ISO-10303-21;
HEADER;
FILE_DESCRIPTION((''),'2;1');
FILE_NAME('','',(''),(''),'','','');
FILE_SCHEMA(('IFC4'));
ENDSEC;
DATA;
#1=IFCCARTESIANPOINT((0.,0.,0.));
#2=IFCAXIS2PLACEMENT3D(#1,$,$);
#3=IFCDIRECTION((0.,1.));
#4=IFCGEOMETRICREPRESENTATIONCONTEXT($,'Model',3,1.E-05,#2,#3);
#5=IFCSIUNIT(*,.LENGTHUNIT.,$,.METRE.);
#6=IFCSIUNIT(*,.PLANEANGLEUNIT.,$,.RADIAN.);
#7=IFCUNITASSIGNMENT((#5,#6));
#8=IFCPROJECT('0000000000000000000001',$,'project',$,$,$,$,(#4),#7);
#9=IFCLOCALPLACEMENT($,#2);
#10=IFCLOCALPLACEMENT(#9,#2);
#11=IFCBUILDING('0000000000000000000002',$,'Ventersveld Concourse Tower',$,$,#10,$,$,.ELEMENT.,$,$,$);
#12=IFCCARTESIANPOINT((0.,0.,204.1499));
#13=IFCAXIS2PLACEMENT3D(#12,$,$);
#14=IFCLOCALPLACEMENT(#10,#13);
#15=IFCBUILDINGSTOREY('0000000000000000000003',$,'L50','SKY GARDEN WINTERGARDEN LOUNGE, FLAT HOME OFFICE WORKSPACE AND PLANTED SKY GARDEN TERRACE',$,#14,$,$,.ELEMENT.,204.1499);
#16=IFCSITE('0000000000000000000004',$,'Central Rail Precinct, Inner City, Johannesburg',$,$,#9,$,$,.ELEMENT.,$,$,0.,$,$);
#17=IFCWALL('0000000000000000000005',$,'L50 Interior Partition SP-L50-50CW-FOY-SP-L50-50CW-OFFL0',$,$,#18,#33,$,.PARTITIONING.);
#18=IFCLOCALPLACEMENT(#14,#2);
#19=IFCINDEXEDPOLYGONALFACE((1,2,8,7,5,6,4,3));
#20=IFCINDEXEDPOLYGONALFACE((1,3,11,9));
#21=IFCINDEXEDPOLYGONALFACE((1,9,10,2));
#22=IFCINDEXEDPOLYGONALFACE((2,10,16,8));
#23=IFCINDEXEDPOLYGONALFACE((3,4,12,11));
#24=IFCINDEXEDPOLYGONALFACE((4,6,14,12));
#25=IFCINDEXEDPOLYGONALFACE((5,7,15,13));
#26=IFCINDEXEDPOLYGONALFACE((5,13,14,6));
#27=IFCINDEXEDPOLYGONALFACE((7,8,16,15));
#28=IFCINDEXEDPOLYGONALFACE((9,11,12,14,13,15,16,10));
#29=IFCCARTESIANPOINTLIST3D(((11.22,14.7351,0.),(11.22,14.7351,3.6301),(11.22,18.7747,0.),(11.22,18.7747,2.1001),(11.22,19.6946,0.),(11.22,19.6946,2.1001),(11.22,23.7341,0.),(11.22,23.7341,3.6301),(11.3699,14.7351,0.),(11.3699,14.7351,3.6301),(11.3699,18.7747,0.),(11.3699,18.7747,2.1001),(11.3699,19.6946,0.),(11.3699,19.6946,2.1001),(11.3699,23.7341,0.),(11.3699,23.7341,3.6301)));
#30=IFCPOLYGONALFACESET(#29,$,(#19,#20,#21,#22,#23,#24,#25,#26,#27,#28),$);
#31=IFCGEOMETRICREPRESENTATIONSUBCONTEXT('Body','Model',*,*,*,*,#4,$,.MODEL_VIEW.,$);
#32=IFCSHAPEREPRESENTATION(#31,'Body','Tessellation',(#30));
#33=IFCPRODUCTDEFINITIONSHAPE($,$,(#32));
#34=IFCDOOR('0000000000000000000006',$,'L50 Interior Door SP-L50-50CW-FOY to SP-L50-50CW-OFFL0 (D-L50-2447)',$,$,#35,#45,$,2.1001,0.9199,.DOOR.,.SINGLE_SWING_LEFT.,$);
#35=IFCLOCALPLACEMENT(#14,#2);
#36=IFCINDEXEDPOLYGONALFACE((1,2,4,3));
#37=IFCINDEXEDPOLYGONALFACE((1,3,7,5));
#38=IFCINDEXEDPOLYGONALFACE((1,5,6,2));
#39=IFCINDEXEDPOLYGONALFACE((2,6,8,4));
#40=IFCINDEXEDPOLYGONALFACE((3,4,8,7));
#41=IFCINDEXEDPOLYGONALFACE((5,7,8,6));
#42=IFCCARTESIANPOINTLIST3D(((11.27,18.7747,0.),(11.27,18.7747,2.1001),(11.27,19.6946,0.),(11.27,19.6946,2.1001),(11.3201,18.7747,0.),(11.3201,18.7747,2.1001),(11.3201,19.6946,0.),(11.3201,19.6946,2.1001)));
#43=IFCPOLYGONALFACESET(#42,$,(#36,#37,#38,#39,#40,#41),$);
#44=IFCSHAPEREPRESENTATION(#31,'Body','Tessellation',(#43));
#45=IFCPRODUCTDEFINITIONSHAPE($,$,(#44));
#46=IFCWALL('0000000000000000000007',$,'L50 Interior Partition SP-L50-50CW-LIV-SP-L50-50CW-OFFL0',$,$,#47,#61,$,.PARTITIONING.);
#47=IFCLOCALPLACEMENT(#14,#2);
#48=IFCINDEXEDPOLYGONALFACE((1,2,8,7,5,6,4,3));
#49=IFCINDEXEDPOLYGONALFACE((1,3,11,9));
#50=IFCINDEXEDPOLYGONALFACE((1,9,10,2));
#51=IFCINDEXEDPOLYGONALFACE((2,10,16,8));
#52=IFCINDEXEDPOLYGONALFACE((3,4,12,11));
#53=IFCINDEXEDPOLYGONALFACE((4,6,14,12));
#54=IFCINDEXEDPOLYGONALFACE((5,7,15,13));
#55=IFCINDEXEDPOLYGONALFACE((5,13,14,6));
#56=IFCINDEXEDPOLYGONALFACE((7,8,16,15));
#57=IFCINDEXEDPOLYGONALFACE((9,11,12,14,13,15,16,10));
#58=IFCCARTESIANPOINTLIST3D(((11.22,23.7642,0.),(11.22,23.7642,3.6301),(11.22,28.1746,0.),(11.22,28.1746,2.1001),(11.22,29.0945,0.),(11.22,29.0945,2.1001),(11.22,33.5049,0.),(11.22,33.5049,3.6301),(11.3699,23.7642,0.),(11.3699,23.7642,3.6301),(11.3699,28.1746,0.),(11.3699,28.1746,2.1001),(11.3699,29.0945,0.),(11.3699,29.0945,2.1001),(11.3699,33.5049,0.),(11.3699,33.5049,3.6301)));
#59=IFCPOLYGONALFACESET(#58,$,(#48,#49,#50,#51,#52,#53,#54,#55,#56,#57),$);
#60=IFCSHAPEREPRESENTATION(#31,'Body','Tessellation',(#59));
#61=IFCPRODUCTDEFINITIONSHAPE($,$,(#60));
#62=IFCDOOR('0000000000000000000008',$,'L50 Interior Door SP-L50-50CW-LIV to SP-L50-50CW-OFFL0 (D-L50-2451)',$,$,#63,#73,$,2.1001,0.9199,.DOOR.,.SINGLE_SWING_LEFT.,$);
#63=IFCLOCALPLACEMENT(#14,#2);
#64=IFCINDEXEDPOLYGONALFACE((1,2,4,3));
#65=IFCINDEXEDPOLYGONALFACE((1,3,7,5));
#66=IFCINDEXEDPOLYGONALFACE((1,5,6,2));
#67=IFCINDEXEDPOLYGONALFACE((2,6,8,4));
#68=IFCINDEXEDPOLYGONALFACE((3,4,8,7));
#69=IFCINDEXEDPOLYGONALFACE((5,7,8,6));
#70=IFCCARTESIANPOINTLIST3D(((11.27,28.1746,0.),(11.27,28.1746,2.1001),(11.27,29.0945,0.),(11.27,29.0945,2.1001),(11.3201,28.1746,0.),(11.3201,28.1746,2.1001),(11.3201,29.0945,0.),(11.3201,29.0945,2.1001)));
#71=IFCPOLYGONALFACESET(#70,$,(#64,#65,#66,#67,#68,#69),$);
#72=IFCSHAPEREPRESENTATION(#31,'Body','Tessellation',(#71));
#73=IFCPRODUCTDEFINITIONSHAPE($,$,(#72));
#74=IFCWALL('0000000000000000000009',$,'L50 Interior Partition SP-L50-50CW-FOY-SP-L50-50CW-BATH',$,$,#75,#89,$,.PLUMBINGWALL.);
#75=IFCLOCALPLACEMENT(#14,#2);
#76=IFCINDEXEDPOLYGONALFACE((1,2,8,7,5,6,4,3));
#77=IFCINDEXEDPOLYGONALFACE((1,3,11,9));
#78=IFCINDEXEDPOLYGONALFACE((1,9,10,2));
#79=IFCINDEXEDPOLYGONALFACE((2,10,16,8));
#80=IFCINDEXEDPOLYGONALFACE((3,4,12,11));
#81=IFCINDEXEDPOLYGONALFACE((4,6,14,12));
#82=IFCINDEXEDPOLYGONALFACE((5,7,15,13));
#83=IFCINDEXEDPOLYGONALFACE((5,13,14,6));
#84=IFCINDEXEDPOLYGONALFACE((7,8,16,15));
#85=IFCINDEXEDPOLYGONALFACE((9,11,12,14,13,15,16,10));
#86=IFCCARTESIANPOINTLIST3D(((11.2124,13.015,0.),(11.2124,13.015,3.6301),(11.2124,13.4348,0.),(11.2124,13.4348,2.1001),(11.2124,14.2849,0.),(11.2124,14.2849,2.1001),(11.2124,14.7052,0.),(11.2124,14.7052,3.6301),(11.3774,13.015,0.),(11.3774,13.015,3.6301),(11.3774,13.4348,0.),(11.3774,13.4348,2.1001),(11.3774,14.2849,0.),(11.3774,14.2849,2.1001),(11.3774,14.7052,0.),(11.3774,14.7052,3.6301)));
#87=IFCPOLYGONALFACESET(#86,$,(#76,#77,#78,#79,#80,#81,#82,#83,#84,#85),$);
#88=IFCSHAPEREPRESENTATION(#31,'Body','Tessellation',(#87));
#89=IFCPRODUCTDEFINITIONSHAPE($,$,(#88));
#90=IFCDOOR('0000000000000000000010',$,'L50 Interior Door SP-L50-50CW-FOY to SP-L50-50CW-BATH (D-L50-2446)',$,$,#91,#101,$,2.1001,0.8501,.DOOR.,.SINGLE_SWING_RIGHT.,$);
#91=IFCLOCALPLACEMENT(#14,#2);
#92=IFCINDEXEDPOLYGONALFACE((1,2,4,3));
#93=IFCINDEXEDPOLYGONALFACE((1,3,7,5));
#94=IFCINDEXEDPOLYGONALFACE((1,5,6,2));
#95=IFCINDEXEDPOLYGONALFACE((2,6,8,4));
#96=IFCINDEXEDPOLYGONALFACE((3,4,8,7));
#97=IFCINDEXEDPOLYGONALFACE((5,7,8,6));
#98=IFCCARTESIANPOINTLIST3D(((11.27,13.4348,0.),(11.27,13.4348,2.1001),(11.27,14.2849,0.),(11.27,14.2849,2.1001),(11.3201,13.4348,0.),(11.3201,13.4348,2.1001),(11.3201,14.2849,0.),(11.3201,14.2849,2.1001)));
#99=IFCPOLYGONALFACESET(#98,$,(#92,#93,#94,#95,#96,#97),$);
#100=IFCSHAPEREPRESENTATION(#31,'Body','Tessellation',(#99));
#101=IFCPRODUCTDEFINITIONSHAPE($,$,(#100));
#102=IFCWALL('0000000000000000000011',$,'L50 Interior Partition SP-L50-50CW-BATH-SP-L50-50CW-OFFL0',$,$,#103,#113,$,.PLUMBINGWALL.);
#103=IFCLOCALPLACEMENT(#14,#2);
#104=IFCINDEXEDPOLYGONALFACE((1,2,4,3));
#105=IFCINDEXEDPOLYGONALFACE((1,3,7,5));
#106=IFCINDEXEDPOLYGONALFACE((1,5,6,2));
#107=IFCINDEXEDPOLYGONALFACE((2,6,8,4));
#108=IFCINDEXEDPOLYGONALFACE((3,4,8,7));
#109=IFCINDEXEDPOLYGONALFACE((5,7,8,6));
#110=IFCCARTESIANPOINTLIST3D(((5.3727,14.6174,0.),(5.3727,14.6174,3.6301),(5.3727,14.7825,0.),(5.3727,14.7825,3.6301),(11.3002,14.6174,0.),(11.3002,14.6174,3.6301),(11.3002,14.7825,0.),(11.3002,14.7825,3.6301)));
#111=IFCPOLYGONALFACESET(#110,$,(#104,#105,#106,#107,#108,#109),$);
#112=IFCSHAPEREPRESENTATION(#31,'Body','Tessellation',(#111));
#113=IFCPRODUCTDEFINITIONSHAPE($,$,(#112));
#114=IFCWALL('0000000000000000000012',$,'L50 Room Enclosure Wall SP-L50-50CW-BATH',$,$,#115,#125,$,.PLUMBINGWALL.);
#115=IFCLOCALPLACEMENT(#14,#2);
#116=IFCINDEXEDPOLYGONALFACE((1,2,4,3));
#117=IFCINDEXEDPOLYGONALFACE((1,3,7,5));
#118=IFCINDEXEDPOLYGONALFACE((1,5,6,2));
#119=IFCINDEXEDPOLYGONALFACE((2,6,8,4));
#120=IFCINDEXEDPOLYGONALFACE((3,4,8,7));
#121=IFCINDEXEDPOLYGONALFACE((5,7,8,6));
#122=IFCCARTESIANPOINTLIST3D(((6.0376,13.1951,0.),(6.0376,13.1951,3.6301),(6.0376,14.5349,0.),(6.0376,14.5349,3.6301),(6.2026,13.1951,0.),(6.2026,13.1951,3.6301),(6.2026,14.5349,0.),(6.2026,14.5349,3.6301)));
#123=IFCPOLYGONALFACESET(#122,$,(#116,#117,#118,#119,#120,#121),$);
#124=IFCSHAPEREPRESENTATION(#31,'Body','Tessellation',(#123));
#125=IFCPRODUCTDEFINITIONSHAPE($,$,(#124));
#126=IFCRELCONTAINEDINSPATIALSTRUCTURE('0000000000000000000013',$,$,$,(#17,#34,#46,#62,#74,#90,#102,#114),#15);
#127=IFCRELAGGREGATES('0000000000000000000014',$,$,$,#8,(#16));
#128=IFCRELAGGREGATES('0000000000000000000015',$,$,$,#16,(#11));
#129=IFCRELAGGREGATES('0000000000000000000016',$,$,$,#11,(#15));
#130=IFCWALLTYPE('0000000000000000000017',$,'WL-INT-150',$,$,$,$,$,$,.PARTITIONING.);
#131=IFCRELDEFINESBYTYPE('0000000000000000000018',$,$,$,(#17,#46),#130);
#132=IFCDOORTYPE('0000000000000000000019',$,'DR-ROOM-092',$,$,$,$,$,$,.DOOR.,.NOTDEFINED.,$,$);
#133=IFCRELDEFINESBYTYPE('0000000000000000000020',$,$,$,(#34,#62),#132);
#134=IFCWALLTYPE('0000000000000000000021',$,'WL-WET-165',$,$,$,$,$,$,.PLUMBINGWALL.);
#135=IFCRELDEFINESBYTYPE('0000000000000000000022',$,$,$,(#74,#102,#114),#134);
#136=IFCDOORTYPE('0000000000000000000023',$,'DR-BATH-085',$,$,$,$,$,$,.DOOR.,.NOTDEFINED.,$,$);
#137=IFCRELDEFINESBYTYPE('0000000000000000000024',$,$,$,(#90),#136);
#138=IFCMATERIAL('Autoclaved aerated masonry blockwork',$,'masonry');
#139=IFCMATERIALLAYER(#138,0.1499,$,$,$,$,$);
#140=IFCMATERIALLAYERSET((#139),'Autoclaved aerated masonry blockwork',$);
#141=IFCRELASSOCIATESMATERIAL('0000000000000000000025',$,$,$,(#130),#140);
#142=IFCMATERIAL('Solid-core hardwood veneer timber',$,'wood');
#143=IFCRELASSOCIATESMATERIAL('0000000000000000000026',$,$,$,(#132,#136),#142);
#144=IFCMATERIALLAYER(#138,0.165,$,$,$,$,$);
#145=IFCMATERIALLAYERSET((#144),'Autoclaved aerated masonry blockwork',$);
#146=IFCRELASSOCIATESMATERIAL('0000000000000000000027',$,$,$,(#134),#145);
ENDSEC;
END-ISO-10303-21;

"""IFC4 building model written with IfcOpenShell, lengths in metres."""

from ifc_helpers import new_model, si_unit, direction, frame, frame_2d, origin, place, context, subcontext, project, spatial, rectangle, extrude, material, layer, layer_set, type_object, element, fill, save


model = new_model("IFC4")

# Units and contexts
model_context = context("Model", 3, precision=1e-05, world=origin(), true_north=direction((0.0, 1.0)))
body_context = subcontext(model_context, "Body", "Model", "MODEL_VIEW")
ifc_project = project(units=[si_unit("LENGTHUNIT", "METRE"), si_unit("PLANEANGLEUNIT", "RADIAN")], contexts=[model_context])

# Site, building, storey
site_placement = place(None, origin())
site = spatial("IfcSite", under=ifc_project, at=site_placement, Name="Central Rail Precinct, Inner City, Johannesburg", CompositionType="ELEMENT", RefElevation=0.0)
building_placement = place(site_placement, origin())
building = spatial("IfcBuilding", under=site, at=building_placement, Name="Ventersveld Concourse Tower", CompositionType="ELEMENT")
storey_placement = place(building_placement, frame((0.0, 0.0, 204.1499)))
storey = spatial("IfcBuildingStorey", under=building, at=storey_placement, Name="L50", Description="SKY GARDEN WINTERGARDEN LOUNGE, FLAT HOME OFFICE WORKSPACE AND PLANTED SKY GARDEN TERRACE", CompositionType="ELEMENT", Elevation=204.1499)

# Shared definitions
ifc_material_1 = material(Name="Solid-core hardwood veneer timber", Category="wood")

# Walls, openings, doors
ifc_material_2 = material(Name="Autoclaved aerated masonry blockwork", Category="masonry")
ifc_layer_1 = layer(ifc_material_2, 0.1499)
ifc_layer_set_1 = layer_set([ifc_layer_1], Name="Autoclaved aerated masonry blockwork")
wall_type_1 = type_object("IfcWallType", Name="WL-INT-150", PredefinedType="PARTITIONING", material=ifc_layer_set_1)
door_type_1 = type_object("IfcDoorType", Name="DR-ROOM-092", OperationType="NOTDEFINED", PredefinedType="DOOR", material=ifc_material_1)
wall_1_placement = place(storey_placement, frame((11.2949, 14.7351, 0.0), z_axis=(0.0, 0.0, 1.0), x_axis=(0.0, 1.0, 0.0)))
wall_1 = element("IfcWall", 1, at=wall_1_placement, inside=storey, type_object=wall_type_1, Name="L50 Interior Partition SP-L50-50CW-FOY-SP-L50-50CW-OFFL0", PredefinedType="PARTITIONING", context=body_context, shape_type="SweptSolid", body=[
    extrude(rectangle(XDim=8.999, YDim=0.1499, at=frame_2d((4.4995, 0.0))), origin(), (0.0, 0.0, 1.0), 3.6301),
])
opening_1_placement = place(wall_1_placement, frame((4.0396, 0.0, 0.0)))
opening_1 = element("IfcOpeningElement", 2, at=opening_1_placement, cuts=wall_1, PredefinedType="OPENING", context=body_context, shape_type="SweptSolid", body=[
    extrude(rectangle(XDim=0.9199, YDim=2.1001, at=frame_2d((0.46, 1.05))), frame((0.0, 0.085, 0.0), z_axis=(0.0, -1.0, 0.0), x_axis=(1.0, 0.0, 0.0)), (0.0, 0.0, 1.0), 0.1699),
])
door_1_placement = place(opening_1_placement, origin())
door_1 = element("IfcDoor", 3, at=door_1_placement, inside=storey, type_object=door_type_1, Name="L50 Interior Door SP-L50-50CW-FOY to SP-L50-50CW-OFFL0 (D-L50-2447)", OperationType="SINGLE_SWING_LEFT", OverallHeight=2.1001, OverallWidth=0.9199, PredefinedType="DOOR", context=body_context, shape_type="SweptSolid", body=[
    extrude(rectangle(XDim=0.9199, YDim=2.1001, at=frame_2d((0.46, 1.05))), frame((0.0, 0.0249, 0.0), z_axis=(0.0, -1.0, 0.0), x_axis=(1.0, 0.0, 0.0)), (0.0, 0.0, 1.0), 0.05),
])
fill(opening_1, door_1)
wall_2_placement = place(storey_placement, frame((11.2949, 23.7642, 0.0), z_axis=(0.0, 0.0, 1.0), x_axis=(0.0, 1.0, 0.0)))
wall_2 = element("IfcWall", 4, at=wall_2_placement, inside=storey, type_object=wall_type_1, Name="L50 Interior Partition SP-L50-50CW-LIV-SP-L50-50CW-OFFL0", PredefinedType="PARTITIONING", context=body_context, shape_type="SweptSolid", body=[
    extrude(rectangle(XDim=9.7407, YDim=0.1499, at=frame_2d((4.8704, 0.0))), origin(), (0.0, 0.0, 1.0), 3.6301),
])
opening_2_placement = place(wall_2_placement, frame((4.4104, 0.0, 0.0)))
opening_2 = element("IfcOpeningElement", 5, at=opening_2_placement, cuts=wall_2, PredefinedType="OPENING", context=body_context, shape_type="SweptSolid", body=[
    extrude(rectangle(XDim=0.9199, YDim=2.1001, at=frame_2d((0.46, 1.05))), frame((0.0, 0.085, 0.0), z_axis=(0.0, -1.0, 0.0), x_axis=(1.0, 0.0, 0.0)), (0.0, 0.0, 1.0), 0.1699),
])
door_2_placement = place(opening_2_placement, origin())
door_2 = element("IfcDoor", 6, at=door_2_placement, inside=storey, type_object=door_type_1, Name="L50 Interior Door SP-L50-50CW-LIV to SP-L50-50CW-OFFL0 (D-L50-2451)", OperationType="SINGLE_SWING_LEFT", OverallHeight=2.1001, OverallWidth=0.9199, PredefinedType="DOOR", context=body_context, shape_type="SweptSolid", body=[
    extrude(rectangle(XDim=0.9199, YDim=2.1001, at=frame_2d((0.46, 1.05))), frame((0.0, 0.0249, 0.0), z_axis=(0.0, -1.0, 0.0), x_axis=(1.0, 0.0, 0.0)), (0.0, 0.0, 1.0), 0.05),
])
fill(opening_2, door_2)
ifc_layer_2 = layer(ifc_material_2, 0.165)
ifc_layer_set_2 = layer_set([ifc_layer_2], Name="Autoclaved aerated masonry blockwork")
wall_type_2 = type_object("IfcWallType", Name="WL-WET-165", PredefinedType="PLUMBINGWALL", material=ifc_layer_set_2)
wall_3_placement = place(storey_placement, frame((11.2949, 13.0149, 0.0), z_axis=(0.0, 0.0, 1.0), x_axis=(0.0, 1.0, 0.0)))
wall_3 = element("IfcWall", 7, at=wall_3_placement, inside=storey, type_object=wall_type_2, Name="L50 Interior Partition SP-L50-50CW-FOY-SP-L50-50CW-BATH", PredefinedType="PLUMBINGWALL", context=body_context, shape_type="SweptSolid", body=[
    extrude(rectangle(XDim=1.6902, YDim=0.165, at=frame_2d((0.8452, 0.0))), origin(), (0.0, 0.0, 1.0), 3.6301),
])
opening_3_placement = place(wall_3_placement, frame((0.4199, 0.0, 0.0)))
opening_3 = element("IfcOpeningElement", 8, at=opening_3_placement, cuts=wall_3, PredefinedType="OPENING", context=body_context, shape_type="SweptSolid", body=[
    extrude(rectangle(XDim=0.8501, YDim=2.1001, at=frame_2d((0.425, 1.05))), frame((0.0, 0.0925, 0.0), z_axis=(0.0, -1.0, 0.0), x_axis=(1.0, 0.0, 0.0)), (0.0, 0.0, 1.0), 0.1851),
])
door_type_2 = type_object("IfcDoorType", Name="DR-BATH-085", OperationType="NOTDEFINED", PredefinedType="DOOR", material=ifc_material_1)
door_3_placement = place(opening_3_placement, origin())
door_3 = element("IfcDoor", 9, at=door_3_placement, inside=storey, type_object=door_type_2, Name="L50 Interior Door SP-L50-50CW-FOY to SP-L50-50CW-BATH (D-L50-2446)", OperationType="SINGLE_SWING_RIGHT", OverallHeight=2.1001, OverallWidth=0.8501, PredefinedType="DOOR", context=body_context, shape_type="SweptSolid", body=[
    extrude(rectangle(XDim=0.8501, YDim=2.1001, at=frame_2d((0.425, 1.05))), frame((0.0, 0.0249, 0.0), z_axis=(0.0, -1.0, 0.0), x_axis=(1.0, 0.0, 0.0)), (0.0, 0.0, 1.0), 0.05),
])
fill(opening_3, door_3)

# Walls
wall_4_placement = place(storey_placement, frame((5.3726, 14.7, 0.0), z_axis=(0.0, 0.0, 1.0), x_axis=(1.0, 0.0, 0.0)))
element("IfcWall", 10, at=wall_4_placement, inside=storey, type_object=wall_type_2, Name="L50 Interior Partition SP-L50-50CW-BATH-SP-L50-50CW-OFFL0", PredefinedType="PLUMBINGWALL", context=body_context, shape_type="SweptSolid", body=[
    extrude(rectangle(XDim=5.9275, YDim=0.165, at=frame_2d((2.9639, 0.0))), origin(), (0.0, 0.0, 1.0), 3.6301),
])
wall_5_placement = place(storey_placement, frame((6.1201, 13.1951, 0.0), z_axis=(0.0, 0.0, 1.0), x_axis=(0.0, 1.0, 0.0)))
element("IfcWall", 11, at=wall_5_placement, inside=storey, type_object=wall_type_2, Name="L50 Room Enclosure Wall SP-L50-50CW-BATH", PredefinedType="PLUMBINGWALL", context=body_context, shape_type="SweptSolid", body=[
    extrude(rectangle(XDim=1.3398, YDim=0.165, at=frame_2d((0.6699, 0.0))), origin(), (0.0, 0.0, 1.0), 3.6301),
])

save(model, "model.ifc")
